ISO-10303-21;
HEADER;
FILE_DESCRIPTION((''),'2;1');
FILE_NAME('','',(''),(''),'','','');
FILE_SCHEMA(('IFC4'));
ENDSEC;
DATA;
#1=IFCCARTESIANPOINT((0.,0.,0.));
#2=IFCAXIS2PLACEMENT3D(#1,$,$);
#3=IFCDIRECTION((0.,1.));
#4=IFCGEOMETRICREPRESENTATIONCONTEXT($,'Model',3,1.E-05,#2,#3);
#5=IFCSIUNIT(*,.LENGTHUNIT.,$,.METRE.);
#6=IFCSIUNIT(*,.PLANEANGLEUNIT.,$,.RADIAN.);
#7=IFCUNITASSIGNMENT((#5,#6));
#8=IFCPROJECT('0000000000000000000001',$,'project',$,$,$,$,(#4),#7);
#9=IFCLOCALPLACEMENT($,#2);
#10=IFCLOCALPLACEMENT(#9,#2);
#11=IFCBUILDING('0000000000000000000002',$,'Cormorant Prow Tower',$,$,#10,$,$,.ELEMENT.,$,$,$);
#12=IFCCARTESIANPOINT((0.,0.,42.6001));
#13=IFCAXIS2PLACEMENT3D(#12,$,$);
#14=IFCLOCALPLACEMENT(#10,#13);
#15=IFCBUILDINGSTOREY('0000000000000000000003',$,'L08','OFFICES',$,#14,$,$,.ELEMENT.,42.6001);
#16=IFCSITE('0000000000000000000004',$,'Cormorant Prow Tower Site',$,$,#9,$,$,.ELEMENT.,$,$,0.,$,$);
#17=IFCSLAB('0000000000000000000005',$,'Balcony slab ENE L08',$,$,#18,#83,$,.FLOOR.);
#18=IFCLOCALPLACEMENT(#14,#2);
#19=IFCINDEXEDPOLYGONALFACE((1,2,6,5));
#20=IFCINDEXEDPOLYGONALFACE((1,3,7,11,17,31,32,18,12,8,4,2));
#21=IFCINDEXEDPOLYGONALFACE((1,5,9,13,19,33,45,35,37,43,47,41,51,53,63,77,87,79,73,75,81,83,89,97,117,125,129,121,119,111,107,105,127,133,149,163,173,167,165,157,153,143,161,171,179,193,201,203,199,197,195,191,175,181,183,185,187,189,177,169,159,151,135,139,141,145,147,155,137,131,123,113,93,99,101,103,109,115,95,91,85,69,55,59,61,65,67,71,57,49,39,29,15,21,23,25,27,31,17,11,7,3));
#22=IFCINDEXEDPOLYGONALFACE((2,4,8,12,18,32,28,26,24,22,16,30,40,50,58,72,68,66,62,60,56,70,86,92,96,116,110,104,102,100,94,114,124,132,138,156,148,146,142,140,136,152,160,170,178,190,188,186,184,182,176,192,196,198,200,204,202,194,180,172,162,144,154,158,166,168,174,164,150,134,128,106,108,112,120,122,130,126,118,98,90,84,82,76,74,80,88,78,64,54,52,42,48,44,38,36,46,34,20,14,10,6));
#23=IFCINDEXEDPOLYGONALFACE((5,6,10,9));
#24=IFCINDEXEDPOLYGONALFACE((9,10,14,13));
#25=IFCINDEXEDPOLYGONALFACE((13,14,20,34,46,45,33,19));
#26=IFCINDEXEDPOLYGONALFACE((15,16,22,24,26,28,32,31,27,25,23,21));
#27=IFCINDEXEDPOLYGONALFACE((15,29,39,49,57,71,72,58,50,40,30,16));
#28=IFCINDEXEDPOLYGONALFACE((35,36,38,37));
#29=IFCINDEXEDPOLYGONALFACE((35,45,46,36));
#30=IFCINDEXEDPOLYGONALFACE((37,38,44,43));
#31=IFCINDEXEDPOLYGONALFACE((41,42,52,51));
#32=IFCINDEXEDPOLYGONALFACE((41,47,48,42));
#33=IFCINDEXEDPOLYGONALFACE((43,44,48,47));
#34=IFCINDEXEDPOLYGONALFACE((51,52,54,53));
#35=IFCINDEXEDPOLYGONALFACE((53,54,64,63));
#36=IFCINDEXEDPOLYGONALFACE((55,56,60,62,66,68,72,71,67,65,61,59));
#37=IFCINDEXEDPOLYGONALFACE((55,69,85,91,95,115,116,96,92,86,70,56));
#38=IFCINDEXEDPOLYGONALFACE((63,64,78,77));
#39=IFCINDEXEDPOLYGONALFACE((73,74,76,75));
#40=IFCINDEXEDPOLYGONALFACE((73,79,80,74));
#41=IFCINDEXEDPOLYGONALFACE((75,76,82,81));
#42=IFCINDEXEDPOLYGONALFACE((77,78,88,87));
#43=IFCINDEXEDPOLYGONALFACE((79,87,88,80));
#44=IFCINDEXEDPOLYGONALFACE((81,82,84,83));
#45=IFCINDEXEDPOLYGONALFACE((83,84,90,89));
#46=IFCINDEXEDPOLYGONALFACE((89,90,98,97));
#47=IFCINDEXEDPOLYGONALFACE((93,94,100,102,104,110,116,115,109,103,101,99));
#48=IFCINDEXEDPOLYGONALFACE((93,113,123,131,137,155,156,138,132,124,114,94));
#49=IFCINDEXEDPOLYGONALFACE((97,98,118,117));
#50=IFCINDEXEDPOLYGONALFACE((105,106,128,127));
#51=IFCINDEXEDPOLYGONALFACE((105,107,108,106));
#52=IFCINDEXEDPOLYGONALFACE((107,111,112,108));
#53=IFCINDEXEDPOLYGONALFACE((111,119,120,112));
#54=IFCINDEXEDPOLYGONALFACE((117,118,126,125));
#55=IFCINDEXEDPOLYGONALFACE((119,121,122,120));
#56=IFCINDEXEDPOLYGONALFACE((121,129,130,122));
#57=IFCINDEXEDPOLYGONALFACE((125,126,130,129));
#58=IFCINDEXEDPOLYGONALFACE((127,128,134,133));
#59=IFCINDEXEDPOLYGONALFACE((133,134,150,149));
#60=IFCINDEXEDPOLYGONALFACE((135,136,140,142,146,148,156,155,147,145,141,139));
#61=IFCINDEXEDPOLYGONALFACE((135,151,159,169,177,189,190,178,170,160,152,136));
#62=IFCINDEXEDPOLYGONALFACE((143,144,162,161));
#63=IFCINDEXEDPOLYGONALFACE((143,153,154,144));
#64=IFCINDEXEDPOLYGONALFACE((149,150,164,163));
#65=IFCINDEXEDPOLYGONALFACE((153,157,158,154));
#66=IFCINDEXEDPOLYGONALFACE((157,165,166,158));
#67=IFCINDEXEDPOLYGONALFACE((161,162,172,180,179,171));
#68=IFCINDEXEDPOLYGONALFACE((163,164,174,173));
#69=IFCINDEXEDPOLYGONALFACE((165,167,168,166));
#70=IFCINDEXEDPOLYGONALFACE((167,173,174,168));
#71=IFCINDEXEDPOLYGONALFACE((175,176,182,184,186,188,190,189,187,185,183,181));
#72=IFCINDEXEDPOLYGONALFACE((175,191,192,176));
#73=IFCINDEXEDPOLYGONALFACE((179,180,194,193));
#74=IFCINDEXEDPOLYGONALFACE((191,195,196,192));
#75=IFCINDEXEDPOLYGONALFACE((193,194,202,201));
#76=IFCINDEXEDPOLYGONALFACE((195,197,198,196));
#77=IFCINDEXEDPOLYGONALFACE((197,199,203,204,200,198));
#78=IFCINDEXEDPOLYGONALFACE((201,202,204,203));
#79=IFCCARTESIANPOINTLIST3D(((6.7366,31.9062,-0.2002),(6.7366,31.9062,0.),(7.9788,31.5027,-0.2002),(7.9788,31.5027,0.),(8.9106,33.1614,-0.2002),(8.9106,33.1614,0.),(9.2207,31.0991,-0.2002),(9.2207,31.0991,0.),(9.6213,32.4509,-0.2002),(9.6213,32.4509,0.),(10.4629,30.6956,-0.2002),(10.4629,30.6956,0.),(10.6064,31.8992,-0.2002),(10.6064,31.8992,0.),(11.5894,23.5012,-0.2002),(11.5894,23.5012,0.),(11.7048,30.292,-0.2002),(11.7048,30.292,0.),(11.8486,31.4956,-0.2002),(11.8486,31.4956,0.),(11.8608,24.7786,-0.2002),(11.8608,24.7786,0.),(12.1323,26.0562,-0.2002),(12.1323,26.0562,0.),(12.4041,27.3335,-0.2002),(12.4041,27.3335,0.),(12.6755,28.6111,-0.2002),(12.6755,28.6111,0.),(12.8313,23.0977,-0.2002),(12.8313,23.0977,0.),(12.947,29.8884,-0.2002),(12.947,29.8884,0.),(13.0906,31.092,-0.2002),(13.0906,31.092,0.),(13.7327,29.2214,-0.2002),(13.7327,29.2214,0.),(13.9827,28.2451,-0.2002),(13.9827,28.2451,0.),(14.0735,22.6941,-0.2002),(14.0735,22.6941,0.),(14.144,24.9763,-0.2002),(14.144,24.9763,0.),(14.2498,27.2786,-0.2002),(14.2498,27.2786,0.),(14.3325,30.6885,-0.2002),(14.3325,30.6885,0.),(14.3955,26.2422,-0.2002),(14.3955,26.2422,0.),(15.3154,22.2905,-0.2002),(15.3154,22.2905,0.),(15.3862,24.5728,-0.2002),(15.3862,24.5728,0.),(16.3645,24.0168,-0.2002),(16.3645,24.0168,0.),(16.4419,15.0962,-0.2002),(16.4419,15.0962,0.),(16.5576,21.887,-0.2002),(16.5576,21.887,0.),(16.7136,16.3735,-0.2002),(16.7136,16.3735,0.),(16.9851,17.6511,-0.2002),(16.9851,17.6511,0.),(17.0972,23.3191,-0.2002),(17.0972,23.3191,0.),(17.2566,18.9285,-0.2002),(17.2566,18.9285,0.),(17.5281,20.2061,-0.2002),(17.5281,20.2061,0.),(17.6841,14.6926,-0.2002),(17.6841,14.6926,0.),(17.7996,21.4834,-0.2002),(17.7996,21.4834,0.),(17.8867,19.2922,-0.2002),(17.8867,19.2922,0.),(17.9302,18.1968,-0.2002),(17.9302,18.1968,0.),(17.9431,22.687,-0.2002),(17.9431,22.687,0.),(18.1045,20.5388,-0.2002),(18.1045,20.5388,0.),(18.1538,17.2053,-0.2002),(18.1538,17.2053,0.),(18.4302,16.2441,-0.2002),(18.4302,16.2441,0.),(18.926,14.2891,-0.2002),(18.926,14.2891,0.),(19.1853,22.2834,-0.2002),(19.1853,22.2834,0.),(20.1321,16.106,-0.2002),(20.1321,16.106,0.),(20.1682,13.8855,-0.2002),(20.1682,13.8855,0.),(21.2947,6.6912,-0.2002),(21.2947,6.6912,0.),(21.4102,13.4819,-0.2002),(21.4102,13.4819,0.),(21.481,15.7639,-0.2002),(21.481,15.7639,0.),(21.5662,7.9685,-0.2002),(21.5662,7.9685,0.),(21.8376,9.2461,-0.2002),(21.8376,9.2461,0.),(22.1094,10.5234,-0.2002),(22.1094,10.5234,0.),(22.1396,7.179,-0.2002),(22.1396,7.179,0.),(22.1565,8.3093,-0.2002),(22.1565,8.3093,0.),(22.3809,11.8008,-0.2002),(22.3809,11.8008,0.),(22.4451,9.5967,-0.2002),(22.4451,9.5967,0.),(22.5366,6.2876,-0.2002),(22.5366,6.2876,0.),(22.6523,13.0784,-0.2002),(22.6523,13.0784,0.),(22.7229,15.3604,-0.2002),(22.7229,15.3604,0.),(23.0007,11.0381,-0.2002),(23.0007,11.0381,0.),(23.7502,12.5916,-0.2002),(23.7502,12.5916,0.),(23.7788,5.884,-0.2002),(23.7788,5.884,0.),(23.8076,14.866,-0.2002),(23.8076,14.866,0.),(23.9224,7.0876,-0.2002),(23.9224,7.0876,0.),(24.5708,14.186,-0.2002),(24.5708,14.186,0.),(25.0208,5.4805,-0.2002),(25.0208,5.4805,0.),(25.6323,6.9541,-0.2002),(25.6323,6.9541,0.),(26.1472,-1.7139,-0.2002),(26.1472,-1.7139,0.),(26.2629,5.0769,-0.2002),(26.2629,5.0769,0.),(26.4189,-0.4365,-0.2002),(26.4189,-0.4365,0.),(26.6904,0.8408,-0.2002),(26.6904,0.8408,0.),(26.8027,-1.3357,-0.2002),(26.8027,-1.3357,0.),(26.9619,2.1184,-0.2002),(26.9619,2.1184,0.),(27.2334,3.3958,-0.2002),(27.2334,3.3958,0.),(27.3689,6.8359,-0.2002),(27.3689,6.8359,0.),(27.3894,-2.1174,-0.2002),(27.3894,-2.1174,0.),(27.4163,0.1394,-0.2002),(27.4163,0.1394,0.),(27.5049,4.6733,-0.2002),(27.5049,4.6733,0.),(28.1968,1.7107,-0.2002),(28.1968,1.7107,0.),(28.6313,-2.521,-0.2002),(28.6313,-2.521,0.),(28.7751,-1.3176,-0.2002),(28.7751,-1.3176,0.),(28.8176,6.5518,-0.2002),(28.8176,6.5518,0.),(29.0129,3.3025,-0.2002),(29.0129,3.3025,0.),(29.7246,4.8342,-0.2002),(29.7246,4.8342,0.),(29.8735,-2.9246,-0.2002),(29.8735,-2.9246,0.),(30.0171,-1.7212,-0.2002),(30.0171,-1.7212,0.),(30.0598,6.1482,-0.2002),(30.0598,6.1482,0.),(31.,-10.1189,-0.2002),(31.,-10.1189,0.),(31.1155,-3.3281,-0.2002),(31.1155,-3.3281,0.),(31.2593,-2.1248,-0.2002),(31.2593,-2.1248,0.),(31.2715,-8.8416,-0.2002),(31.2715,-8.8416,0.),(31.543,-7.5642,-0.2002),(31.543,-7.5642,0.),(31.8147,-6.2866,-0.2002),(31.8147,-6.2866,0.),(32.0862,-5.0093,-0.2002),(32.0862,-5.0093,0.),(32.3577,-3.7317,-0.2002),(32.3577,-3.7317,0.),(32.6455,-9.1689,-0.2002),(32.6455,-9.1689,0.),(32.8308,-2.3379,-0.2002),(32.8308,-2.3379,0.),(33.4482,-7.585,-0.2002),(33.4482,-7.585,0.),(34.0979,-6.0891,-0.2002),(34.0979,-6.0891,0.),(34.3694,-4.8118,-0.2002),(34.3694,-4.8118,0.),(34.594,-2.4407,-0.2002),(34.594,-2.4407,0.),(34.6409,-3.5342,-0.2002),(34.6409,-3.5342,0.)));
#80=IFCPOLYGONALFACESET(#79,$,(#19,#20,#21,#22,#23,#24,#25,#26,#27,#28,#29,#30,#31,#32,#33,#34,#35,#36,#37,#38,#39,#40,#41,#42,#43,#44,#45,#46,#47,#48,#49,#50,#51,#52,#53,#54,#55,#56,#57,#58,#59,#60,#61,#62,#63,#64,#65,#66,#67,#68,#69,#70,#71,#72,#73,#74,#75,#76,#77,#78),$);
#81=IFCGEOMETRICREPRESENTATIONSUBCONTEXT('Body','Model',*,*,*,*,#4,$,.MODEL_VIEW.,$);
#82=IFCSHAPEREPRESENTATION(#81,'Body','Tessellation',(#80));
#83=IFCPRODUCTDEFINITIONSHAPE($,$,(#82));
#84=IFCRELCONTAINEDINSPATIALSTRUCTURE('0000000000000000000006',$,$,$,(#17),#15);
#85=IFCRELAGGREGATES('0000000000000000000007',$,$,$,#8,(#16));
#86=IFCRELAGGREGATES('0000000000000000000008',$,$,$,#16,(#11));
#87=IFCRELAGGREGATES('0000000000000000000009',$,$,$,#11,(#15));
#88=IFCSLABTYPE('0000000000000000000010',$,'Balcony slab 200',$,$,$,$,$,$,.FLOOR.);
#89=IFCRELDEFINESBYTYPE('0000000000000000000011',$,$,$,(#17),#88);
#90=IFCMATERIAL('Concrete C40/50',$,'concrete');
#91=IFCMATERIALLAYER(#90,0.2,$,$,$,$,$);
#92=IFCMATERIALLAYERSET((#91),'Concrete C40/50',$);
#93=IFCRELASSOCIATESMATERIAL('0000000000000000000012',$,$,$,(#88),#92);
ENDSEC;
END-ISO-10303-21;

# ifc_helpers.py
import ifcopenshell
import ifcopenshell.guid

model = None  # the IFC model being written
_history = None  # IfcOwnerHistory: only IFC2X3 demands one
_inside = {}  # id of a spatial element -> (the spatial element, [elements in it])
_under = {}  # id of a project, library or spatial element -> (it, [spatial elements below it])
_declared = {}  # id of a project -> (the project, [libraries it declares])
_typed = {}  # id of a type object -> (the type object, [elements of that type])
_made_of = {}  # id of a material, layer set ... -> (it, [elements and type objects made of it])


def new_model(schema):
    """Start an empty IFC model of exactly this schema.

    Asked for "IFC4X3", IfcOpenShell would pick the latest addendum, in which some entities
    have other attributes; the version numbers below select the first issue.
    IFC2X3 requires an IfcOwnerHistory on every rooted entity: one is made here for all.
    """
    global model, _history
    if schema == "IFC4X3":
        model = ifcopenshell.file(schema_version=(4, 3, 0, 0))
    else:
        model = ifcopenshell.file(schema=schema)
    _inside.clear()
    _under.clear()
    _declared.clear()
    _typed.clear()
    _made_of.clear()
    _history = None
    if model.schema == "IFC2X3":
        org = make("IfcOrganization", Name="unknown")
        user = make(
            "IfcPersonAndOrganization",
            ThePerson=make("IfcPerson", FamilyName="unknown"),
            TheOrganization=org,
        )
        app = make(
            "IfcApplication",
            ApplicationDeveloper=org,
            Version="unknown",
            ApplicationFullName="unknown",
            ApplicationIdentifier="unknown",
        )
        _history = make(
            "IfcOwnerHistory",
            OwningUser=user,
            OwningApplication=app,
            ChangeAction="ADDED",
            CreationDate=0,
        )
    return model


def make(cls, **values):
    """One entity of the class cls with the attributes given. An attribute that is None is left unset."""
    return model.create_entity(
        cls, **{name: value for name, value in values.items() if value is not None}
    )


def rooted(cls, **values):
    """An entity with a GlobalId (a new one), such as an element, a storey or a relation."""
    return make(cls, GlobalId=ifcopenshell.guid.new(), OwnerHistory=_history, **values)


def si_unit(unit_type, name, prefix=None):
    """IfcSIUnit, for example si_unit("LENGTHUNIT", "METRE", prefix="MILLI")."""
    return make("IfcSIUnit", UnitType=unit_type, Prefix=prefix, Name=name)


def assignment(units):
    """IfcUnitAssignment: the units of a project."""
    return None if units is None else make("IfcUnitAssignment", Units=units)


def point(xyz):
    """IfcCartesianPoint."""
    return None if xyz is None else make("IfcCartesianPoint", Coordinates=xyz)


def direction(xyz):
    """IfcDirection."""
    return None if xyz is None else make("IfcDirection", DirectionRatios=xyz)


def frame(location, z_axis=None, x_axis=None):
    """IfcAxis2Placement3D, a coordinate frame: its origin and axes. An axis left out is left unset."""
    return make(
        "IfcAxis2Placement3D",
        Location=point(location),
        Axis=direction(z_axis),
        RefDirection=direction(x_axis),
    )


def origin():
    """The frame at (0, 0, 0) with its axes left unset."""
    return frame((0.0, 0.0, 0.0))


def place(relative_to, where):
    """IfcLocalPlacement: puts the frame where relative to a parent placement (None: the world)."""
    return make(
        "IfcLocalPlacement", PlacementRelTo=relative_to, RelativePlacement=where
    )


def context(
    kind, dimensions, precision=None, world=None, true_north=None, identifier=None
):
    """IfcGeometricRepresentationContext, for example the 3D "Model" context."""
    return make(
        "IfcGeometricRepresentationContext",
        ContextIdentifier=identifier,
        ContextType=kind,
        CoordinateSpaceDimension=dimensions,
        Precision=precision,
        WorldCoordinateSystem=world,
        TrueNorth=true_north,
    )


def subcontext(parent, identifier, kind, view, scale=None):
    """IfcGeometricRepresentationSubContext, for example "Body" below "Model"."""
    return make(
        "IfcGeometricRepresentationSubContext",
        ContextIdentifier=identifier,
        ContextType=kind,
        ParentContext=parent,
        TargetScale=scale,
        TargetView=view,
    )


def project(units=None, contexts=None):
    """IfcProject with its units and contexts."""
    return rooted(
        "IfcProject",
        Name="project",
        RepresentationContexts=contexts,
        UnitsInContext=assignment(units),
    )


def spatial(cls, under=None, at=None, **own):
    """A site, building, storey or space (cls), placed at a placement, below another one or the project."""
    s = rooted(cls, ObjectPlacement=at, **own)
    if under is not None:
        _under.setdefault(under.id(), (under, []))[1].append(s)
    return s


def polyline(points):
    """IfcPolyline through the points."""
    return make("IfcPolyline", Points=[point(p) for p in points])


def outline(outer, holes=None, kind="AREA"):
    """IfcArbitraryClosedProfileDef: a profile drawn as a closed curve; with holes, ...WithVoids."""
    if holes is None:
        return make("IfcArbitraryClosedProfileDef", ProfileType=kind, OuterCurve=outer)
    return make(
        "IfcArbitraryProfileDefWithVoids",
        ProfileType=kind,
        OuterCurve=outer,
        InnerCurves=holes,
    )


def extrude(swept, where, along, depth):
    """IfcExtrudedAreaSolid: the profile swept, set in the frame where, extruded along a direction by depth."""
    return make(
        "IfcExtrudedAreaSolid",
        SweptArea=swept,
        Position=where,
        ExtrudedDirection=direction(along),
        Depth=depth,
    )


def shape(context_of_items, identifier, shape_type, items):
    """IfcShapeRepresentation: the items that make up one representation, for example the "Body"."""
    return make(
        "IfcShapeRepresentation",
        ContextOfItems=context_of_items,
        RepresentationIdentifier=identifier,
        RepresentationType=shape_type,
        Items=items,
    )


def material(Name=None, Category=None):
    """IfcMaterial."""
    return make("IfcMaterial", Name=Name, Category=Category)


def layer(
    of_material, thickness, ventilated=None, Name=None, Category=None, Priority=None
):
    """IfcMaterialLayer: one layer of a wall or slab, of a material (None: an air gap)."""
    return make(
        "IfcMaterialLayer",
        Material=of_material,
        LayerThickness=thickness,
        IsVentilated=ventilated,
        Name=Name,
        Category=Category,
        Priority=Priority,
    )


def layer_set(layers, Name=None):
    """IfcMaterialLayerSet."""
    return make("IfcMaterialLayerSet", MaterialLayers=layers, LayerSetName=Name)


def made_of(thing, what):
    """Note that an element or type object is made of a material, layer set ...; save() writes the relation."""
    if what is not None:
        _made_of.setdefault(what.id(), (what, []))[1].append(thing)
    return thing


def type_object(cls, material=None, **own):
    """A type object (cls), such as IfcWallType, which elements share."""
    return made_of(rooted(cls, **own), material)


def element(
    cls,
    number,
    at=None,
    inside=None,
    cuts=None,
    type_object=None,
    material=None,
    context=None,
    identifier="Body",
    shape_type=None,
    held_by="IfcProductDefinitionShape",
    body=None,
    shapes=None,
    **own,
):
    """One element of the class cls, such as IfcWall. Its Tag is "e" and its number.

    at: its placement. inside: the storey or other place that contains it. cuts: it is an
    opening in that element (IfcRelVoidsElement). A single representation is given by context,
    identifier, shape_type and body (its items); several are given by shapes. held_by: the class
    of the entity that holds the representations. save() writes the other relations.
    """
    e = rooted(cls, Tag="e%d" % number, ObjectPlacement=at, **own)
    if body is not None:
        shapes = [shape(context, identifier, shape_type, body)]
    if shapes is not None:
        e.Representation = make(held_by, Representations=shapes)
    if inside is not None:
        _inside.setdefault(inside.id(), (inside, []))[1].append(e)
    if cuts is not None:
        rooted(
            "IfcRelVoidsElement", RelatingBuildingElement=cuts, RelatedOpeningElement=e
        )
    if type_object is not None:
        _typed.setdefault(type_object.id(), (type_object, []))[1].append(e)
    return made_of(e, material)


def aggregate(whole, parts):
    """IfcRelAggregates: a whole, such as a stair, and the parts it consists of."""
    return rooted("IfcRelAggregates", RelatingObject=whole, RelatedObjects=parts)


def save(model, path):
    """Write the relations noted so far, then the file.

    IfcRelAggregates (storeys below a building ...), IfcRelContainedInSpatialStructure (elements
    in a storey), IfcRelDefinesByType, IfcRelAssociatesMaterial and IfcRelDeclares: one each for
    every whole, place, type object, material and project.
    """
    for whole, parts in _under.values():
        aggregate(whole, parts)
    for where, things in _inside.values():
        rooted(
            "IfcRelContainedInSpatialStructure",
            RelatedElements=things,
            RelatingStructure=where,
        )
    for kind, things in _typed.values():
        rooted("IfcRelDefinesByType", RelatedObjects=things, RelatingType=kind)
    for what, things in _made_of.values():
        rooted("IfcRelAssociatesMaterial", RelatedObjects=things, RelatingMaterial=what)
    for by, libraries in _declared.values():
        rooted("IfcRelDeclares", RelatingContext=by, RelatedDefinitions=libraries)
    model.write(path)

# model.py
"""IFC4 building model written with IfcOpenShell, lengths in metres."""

from ifc_helpers import new_model, si_unit, direction, frame, origin, place, context, subcontext, project, spatial, polyline, outline, extrude, material, layer, layer_set, type_object, element, save


model = new_model("IFC4")

# Units and contexts
model_context = context("Model", 3, precision=1e-05, world=origin(), true_north=direction((0.0, 1.0)))
body_context = subcontext(model_context, "Body", "Model", "MODEL_VIEW")
ifc_project = project(units=[si_unit("LENGTHUNIT", "METRE"), si_unit("PLANEANGLEUNIT", "RADIAN")], contexts=[model_context])

# Site, building, storey
site_placement = place(None, origin())
site = spatial("IfcSite", under=ifc_project, at=site_placement, Name="Cormorant Prow Tower Site", CompositionType="ELEMENT", RefElevation=0.0)
building_placement = place(site_placement, origin())
building = spatial("IfcBuilding", under=site, at=building_placement, Name="Cormorant Prow Tower", CompositionType="ELEMENT")
storey_placement = place(building_placement, frame((0.0, 0.0, 42.6001)))
storey = spatial("IfcBuildingStorey", under=building, at=storey_placement, Name="L08", Description="OFFICES", CompositionType="ELEMENT", Elevation=42.6001)

# Slab
ifc_material_1 = material(Name="Concrete C40/50", Category="concrete")
ifc_layer_1 = layer(ifc_material_1, 0.2)
ifc_layer_set_1 = layer_set([ifc_layer_1], Name="Concrete C40/50")
slab_type_1 = type_object("IfcSlabType", Name="Balcony slab 200", PredefinedType="FLOOR", material=ifc_layer_set_1)
slab_1_placement = place(storey_placement, frame((0.0, 0.0, -0.2002)))
element("IfcSlab", 1, at=slab_1_placement, inside=storey, type_object=slab_type_1, Name="Balcony slab ENE L08", PredefinedType="FLOOR", context=body_context, shape_type="SweptSolid", body=[
    extrude(outline(polyline([(31.0, -10.1189), (32.6455, -9.1689), (33.4482, -7.585), (34.0979, -6.0891), (34.3694, -4.8118), (34.6409, -3.5342), (34.594, -2.4407), (32.8308, -2.3379), (31.2593, -2.1248), (30.0171, -1.7212), (28.7751, -1.3176), (26.8027, -1.3357), (27.4163, 0.1394), (28.1968, 1.7107), (29.0129, 3.3025), (29.7246, 4.8342), (30.0598, 6.1482), (28.8176, 6.5518), (27.3689, 6.8359), (25.6323, 6.9541), (23.9224, 7.0876), (22.1396, 7.179), (22.1565, 8.3093), (22.4451, 9.5967), (23.0007, 11.0381), (23.7502, 12.5916), (24.5708, 14.186), (23.8076, 14.866), (22.7229, 15.3604), (21.481, 15.7639), (20.1321, 16.106), (18.4302, 16.2441), (18.1538, 17.2053), (17.9302, 18.1968), (17.8867, 19.2922), (18.1045, 20.5388), (19.1853, 22.2834), (17.9431, 22.687), (17.0972, 23.3191), (16.3645, 24.0168), (15.3862, 24.5728), (14.144, 24.9763), (14.3955, 26.2422), (14.2498, 27.2786), (13.9827, 28.2451), (13.7327, 29.2214), (14.3325, 30.6885), (13.0906, 31.092), (11.8486, 31.4956), (10.6064, 31.8992), (9.6213, 32.4509), (8.9106, 33.1614), (6.7366, 31.9062), (7.9788, 31.5027), (9.2207, 31.0991), (10.4629, 30.6956), (11.7048, 30.292), (12.947, 29.8884), (12.6755, 28.6111), (12.4041, 27.3335), (12.1323, 26.0562), (11.8608, 24.7786), (11.5894, 23.5012), (12.8313, 23.0977), (14.0735, 22.6941), (15.3154, 22.2905), (16.5576, 21.887), (17.7996, 21.4834), (17.5281, 20.2061), (17.2566, 18.9285), (16.9851, 17.6511), (16.7136, 16.3735), (16.4419, 15.0962), (17.6841, 14.6926), (18.926, 14.2891), (20.1682, 13.8855), (21.4102, 13.4819), (22.6523, 13.0784), (22.3809, 11.8008), (22.1094, 10.5234), (21.8376, 9.2461), (21.5662, 7.9685), (21.2947, 6.6912), (22.5366, 6.2876), (23.7788, 5.884), (25.0208, 5.4805), (26.2629, 5.0769), (27.5049, 4.6733), (27.2334, 3.3958), (26.9619, 2.1184), (26.6904, 0.8408), (26.4189, -0.4365), (26.1472, -1.7139), (27.3894, -2.1174), (28.6313, -2.521), (29.8735, -2.9246), (31.1155, -3.3281), (32.3577, -3.7317), (32.0862, -5.0093), (31.8147, -6.2866), (31.543, -7.5642), (31.2715, -8.8416), (31.0, -10.1189)])), origin(), (0.0, 0.0, 1.0), 0.2002),
])

save(model, "model.ifc")
